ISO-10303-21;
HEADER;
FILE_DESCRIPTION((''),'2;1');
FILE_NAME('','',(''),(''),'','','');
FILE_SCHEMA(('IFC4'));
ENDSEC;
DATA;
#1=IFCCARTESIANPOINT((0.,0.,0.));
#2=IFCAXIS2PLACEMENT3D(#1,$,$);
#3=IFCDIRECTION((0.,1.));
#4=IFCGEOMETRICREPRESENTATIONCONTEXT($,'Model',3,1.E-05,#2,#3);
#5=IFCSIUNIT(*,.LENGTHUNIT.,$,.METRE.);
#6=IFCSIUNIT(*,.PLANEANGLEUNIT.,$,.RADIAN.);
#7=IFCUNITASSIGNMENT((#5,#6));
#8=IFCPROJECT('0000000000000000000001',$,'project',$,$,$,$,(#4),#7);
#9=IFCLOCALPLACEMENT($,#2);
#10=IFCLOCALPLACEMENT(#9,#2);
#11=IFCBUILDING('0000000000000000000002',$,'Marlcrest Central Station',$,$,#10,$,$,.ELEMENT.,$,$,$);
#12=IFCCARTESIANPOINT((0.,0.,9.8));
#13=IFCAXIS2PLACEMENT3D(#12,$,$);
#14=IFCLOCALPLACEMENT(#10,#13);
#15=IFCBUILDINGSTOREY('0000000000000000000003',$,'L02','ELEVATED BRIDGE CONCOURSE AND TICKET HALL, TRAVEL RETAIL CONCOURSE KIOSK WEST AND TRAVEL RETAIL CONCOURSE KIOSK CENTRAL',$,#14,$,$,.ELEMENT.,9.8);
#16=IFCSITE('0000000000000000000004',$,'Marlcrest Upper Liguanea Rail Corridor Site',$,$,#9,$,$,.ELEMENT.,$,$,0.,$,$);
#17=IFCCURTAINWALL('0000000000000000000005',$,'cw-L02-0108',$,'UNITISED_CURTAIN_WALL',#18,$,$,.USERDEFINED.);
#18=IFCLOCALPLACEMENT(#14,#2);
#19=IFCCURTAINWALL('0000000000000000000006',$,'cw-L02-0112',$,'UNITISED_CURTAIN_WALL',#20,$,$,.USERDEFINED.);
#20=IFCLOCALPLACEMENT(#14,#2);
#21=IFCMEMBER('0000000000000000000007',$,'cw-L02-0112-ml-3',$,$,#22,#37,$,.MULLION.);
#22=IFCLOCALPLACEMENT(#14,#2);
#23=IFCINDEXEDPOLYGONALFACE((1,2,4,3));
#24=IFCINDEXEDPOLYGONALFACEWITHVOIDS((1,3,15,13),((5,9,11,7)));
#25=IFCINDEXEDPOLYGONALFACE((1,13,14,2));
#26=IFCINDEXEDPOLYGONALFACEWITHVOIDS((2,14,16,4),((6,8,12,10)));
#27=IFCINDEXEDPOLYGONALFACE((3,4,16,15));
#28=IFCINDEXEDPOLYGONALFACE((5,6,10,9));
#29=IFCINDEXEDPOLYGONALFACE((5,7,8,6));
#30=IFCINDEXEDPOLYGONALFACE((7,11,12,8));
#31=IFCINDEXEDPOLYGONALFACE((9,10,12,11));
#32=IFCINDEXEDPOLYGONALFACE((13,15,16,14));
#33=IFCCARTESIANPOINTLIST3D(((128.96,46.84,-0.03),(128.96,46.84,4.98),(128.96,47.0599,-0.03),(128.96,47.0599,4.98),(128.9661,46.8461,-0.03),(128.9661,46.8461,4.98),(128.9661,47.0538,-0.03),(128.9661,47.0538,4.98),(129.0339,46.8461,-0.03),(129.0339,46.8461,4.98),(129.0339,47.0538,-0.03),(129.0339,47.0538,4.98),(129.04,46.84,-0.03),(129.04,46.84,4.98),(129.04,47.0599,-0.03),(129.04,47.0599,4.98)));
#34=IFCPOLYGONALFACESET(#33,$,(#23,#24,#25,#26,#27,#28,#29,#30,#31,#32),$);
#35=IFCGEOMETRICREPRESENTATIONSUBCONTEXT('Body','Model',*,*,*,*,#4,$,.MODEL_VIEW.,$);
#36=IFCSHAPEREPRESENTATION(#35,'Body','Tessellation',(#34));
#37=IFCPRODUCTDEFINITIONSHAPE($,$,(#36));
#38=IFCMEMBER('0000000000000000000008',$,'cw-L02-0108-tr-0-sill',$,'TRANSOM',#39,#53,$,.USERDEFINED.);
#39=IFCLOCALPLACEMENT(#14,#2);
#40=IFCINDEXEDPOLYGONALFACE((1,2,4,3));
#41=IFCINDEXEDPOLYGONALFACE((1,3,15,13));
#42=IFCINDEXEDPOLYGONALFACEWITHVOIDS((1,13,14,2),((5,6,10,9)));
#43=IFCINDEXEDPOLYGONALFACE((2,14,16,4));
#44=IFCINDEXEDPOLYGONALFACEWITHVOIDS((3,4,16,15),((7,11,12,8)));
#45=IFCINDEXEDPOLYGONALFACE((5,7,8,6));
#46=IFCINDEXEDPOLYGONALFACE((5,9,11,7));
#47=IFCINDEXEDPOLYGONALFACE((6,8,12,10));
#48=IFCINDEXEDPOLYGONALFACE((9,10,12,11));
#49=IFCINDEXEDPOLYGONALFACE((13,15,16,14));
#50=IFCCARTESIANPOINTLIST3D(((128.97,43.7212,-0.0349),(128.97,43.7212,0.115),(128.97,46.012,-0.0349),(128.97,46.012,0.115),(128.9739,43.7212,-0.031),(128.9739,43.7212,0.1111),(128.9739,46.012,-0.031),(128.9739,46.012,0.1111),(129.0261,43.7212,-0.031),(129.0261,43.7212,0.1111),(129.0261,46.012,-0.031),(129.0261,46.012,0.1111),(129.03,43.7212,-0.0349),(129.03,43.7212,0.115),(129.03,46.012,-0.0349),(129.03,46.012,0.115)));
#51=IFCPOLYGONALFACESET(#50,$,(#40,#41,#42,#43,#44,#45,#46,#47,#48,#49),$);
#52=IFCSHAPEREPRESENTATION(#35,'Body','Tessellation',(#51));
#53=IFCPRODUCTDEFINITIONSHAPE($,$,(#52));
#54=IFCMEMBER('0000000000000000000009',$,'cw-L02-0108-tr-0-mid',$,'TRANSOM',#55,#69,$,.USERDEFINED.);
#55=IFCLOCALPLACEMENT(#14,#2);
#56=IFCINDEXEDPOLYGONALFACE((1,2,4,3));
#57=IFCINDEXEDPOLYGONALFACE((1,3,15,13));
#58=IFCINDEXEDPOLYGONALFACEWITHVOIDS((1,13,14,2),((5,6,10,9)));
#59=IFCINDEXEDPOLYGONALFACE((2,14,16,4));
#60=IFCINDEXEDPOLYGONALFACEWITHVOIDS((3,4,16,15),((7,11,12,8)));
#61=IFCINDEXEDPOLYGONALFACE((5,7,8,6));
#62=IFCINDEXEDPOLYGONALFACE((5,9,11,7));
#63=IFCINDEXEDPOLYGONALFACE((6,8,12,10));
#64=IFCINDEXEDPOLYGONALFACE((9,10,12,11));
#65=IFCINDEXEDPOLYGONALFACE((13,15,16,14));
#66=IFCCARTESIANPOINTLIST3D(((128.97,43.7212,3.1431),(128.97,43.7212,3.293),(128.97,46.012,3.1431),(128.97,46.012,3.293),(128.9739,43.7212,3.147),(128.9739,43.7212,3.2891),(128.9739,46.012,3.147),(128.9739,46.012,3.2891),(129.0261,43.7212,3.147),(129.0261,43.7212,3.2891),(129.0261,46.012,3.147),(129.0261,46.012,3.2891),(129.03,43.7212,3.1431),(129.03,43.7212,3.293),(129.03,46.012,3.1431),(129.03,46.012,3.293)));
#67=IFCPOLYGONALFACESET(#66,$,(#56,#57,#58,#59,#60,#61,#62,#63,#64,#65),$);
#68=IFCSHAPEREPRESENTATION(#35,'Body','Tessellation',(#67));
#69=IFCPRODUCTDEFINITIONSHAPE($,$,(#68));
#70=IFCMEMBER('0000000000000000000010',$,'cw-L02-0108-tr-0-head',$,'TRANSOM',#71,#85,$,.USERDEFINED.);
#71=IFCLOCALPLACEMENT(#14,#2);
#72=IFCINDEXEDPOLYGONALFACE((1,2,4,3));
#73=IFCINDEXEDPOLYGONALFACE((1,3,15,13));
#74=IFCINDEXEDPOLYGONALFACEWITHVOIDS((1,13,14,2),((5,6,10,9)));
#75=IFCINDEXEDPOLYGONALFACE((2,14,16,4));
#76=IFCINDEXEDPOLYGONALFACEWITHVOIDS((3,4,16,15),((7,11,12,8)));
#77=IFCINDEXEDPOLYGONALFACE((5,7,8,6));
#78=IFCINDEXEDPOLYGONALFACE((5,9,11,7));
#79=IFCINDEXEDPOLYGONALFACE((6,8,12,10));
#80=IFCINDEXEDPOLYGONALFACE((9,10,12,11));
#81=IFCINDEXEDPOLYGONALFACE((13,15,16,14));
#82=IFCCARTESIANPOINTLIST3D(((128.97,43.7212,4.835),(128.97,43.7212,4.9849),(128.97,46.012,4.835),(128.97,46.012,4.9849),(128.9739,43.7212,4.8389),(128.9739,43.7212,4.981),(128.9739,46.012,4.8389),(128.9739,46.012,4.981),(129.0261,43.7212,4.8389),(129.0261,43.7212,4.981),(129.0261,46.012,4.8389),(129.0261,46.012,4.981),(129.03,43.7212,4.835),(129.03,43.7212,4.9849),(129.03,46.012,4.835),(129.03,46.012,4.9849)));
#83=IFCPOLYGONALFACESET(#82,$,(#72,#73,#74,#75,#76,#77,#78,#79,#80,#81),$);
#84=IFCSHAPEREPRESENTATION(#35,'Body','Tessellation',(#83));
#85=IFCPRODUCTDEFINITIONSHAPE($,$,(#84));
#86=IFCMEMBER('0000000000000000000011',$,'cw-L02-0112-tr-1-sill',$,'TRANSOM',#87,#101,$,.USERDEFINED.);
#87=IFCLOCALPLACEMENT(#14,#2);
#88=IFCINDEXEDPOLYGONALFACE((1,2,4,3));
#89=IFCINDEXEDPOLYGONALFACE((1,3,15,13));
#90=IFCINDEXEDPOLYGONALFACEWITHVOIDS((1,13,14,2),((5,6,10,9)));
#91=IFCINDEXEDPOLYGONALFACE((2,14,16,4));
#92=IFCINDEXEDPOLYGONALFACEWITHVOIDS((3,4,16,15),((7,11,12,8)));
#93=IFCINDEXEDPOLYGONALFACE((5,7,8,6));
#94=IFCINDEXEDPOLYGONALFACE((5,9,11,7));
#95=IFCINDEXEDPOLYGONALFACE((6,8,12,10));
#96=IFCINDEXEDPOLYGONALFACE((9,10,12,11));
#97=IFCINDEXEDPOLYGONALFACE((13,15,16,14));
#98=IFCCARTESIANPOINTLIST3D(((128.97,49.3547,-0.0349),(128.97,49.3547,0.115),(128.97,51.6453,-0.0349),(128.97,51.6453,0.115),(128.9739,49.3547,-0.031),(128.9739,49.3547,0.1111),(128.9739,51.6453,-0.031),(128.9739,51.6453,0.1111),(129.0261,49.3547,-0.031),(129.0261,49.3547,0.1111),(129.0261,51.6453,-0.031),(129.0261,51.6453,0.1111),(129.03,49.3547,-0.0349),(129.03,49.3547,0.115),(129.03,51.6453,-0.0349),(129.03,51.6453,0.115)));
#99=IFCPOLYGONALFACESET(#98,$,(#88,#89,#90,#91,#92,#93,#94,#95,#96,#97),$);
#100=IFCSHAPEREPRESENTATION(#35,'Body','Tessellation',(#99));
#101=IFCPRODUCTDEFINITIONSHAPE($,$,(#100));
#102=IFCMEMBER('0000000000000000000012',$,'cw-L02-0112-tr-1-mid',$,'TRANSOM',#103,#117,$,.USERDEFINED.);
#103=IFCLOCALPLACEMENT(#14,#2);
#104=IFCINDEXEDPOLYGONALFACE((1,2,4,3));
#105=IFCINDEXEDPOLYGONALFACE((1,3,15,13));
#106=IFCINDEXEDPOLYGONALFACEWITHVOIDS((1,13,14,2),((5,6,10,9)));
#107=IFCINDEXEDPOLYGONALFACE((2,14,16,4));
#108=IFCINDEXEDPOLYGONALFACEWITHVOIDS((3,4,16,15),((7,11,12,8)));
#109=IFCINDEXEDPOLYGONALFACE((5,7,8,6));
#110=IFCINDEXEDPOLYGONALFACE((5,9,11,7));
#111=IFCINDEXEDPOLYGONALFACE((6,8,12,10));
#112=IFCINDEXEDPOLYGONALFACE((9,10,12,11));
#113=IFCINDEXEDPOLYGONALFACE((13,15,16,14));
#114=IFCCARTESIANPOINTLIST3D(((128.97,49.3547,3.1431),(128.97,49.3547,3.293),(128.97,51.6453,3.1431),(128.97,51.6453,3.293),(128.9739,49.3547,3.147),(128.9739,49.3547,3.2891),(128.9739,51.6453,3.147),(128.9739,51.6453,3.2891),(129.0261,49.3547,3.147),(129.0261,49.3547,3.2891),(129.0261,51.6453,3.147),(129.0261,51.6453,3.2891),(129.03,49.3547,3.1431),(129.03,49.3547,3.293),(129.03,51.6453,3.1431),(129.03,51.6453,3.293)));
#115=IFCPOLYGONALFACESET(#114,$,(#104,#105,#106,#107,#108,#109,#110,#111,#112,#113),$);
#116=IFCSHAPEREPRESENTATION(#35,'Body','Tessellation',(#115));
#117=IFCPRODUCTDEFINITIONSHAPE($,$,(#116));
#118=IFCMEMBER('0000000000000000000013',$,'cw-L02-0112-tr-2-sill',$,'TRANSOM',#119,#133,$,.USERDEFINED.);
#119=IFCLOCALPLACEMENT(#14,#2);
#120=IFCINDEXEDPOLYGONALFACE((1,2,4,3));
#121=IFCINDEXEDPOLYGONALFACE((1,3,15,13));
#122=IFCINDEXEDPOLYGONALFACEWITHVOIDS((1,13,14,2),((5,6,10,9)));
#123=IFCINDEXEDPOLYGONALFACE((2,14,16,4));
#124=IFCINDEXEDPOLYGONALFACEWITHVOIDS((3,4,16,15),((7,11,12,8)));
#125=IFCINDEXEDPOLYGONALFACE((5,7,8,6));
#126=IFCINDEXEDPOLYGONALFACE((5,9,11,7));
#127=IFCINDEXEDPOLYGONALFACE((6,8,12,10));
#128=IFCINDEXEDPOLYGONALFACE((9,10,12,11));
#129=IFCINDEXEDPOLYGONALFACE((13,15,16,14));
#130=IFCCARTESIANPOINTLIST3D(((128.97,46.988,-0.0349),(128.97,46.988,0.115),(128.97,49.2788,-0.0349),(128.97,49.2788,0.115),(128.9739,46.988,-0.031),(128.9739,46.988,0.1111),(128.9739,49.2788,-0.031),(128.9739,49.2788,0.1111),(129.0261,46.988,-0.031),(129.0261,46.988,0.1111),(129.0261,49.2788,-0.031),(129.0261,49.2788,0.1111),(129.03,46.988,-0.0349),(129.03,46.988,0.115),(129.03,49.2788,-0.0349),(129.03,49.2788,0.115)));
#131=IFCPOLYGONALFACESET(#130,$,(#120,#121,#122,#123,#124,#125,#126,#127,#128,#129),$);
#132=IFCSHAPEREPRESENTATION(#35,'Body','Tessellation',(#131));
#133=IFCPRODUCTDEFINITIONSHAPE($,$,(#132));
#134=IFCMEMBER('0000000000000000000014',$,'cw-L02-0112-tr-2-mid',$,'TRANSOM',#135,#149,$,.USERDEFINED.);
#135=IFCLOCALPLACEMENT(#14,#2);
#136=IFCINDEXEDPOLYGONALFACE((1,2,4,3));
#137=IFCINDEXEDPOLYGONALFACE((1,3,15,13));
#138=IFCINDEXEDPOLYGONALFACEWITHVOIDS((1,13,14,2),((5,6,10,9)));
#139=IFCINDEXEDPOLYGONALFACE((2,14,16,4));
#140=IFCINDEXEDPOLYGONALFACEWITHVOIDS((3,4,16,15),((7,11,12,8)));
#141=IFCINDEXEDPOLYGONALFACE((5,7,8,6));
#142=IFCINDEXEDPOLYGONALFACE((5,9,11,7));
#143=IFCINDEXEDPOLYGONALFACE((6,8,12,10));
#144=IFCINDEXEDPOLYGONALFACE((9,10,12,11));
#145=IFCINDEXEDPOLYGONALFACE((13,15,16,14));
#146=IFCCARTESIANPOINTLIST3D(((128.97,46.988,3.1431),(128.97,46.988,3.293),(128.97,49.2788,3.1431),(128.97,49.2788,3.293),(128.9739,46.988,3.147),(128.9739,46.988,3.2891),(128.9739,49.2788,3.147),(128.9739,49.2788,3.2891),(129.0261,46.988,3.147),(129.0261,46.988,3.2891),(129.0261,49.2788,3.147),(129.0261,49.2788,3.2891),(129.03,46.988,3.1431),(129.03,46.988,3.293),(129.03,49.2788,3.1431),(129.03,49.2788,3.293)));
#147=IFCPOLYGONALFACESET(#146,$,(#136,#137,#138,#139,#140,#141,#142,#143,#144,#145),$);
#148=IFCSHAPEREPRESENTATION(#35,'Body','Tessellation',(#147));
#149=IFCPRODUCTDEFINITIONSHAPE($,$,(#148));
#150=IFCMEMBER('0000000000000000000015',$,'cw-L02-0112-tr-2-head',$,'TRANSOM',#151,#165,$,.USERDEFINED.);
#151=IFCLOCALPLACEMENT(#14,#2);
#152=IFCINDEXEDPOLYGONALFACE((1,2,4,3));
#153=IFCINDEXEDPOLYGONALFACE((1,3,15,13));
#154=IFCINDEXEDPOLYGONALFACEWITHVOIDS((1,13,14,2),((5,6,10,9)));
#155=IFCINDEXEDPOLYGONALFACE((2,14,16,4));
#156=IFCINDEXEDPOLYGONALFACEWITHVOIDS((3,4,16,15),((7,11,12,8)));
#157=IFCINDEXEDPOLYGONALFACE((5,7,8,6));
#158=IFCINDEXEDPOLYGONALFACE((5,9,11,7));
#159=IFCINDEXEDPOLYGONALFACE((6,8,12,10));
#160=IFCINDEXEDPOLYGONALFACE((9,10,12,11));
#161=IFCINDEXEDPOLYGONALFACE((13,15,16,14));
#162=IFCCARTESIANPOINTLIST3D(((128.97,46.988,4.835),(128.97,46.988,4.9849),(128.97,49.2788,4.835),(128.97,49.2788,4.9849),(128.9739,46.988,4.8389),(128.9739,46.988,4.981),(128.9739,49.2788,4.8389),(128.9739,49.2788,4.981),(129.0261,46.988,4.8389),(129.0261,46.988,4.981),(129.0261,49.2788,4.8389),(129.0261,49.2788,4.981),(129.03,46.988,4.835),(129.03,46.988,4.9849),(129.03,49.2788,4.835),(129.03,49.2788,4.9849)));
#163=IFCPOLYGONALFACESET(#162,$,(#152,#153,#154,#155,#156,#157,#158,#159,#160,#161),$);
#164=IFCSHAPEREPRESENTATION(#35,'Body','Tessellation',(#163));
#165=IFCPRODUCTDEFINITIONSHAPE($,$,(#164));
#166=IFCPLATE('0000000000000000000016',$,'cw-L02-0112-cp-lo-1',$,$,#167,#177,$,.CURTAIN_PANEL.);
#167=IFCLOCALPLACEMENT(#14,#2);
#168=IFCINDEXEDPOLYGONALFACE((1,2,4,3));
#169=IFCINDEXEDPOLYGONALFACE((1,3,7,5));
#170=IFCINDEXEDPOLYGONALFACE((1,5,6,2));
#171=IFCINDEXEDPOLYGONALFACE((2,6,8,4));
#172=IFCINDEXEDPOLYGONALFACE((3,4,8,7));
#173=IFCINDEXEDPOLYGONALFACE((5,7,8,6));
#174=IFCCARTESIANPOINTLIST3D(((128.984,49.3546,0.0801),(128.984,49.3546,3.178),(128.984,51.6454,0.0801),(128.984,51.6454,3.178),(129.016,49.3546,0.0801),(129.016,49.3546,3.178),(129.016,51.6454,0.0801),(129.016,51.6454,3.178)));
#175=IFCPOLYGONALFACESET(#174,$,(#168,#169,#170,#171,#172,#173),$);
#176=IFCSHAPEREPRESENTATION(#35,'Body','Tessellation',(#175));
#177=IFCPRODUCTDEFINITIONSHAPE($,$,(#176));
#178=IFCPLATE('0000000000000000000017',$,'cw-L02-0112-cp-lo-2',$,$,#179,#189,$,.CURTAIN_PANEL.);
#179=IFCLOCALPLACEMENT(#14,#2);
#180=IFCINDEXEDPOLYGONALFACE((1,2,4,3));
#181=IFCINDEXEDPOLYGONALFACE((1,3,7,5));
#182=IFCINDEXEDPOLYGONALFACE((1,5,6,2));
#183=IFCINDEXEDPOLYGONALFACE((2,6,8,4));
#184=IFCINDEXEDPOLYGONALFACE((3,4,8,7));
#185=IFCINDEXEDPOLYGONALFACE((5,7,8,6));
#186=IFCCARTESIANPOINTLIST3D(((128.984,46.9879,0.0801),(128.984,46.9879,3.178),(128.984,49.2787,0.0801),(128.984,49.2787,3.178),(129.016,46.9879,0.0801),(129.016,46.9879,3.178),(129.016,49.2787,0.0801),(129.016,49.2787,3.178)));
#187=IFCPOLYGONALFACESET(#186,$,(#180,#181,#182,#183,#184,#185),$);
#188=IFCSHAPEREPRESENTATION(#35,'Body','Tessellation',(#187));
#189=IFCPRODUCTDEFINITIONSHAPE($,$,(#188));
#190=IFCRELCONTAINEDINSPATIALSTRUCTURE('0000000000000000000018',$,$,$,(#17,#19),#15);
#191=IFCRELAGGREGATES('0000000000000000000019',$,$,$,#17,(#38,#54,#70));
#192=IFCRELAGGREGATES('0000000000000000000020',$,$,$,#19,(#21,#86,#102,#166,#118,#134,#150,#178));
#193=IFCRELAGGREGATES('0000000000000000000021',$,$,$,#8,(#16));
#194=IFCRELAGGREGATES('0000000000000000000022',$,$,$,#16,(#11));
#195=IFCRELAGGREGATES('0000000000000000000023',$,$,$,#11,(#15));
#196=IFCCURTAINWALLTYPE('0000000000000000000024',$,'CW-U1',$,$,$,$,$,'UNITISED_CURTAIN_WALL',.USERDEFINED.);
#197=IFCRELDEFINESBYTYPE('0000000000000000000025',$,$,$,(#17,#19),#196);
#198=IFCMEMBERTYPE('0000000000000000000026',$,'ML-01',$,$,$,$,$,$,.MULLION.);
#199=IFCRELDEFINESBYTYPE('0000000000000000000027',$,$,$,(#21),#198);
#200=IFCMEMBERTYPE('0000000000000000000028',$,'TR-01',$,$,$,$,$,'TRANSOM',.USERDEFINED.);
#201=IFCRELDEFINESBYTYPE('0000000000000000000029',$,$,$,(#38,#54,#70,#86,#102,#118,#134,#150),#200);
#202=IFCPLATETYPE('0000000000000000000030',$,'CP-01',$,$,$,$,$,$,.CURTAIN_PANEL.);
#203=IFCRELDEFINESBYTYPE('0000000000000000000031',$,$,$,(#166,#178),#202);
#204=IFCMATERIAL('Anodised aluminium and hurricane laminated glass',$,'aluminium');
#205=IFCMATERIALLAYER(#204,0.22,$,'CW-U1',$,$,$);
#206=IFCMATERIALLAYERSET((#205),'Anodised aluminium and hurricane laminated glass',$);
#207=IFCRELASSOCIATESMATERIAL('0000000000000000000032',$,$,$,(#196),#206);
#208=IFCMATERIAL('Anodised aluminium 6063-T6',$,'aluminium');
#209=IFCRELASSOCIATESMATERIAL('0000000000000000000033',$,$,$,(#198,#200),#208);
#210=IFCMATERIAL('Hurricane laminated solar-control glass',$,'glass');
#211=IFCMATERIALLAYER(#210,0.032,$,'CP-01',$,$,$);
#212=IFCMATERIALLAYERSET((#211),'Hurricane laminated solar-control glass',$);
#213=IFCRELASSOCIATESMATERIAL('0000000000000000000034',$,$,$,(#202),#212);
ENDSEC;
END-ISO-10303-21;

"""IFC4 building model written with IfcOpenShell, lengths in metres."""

from ifc_helpers import new_model, si_unit, direction, frame, origin, origin_2d, place, context, subcontext, project, spatial, rectangle, hollow_rectangle, extrude, material, layer, layer_set, material_profile, profile_set, type_object, element, aggregate, save


model = new_model("IFC4")

# Units and contexts
model_context = context("Model", 3, precision=1e-05, world=origin(), true_north=direction((0.0, 1.0)))
body_context = subcontext(model_context, "Body", "Model", "MODEL_VIEW")
ifc_project = project(units=[si_unit("LENGTHUNIT", "METRE"), si_unit("PLANEANGLEUNIT", "RADIAN")], contexts=[model_context])

# Site, building, storey
site_placement = place(None, origin())
site = spatial("IfcSite", under=ifc_project, at=site_placement, Name="Marlcrest Upper Liguanea Rail Corridor Site", CompositionType="ELEMENT", RefElevation=0.0)
building_placement = place(site_placement, origin())
building = spatial("IfcBuilding", under=site, at=building_placement, Name="Marlcrest Central Station", CompositionType="ELEMENT")
storey_placement = place(building_placement, frame((0.0, 0.0, 9.8)))
storey = spatial("IfcBuildingStorey", under=building, at=storey_placement, Name="L02", Description="ELEVATED BRIDGE CONCOURSE AND TICKET HALL, TRAVEL RETAIL CONCOURSE KIOSK WEST AND TRAVEL RETAIL CONCOURSE KIOSK CENTRAL", CompositionType="ELEMENT", Elevation=9.8)

# Curtain wall
ifc_material_1 = material(Name="Anodised aluminium and hurricane laminated glass", Category="aluminium")
ifc_layer_1 = layer(ifc_material_1, 0.22, Name="CW-U1")
ifc_layer_set_1 = layer_set([ifc_layer_1], Name="Anodised aluminium and hurricane laminated glass")
curtain_wall_type = type_object("IfcCurtainWallType", Name="CW-U1", ElementType="UNITISED_CURTAIN_WALL", PredefinedType="USERDEFINED", material=ifc_layer_set_1)
curtain_wall_1_placement = place(storey_placement, origin())
curtain_wall_1 = element("IfcCurtainWall", 1, at=curtain_wall_1_placement, inside=storey, type_object=curtain_wall_type, Name="cw-L02-0108", ObjectType="UNITISED_CURTAIN_WALL", PredefinedType="USERDEFINED")
ifc_material_2 = material(Name="Anodised aluminium 6063-T6", Category="aluminium")
ifc_material_profile_1 = material_profile(ifc_material_2, hollow_rectangle(XDim=0.0801, YDim=0.22, WallThickness=0.0061, at=origin_2d()), Name="AA-RHS 220x80x6")
ifc_profile_set_1 = profile_set([ifc_material_profile_1], Name="Anodised aluminium 6063-T6")
member_type_1 = type_object("IfcMemberType", Name="ML-01", PredefinedType="MULLION", material=ifc_profile_set_1)

# Curtain wall, member
curtain_wall_2_placement = place(storey_placement, origin())
curtain_wall_2 = element("IfcCurtainWall", 2, at=curtain_wall_2_placement, inside=storey, type_object=curtain_wall_type, Name="cw-L02-0112", ObjectType="UNITISED_CURTAIN_WALL", PredefinedType="USERDEFINED")
member_1_placement = place(storey_placement, frame((129.0, 46.95, -0.03), z_axis=(0.0, 0.0, 1.0), x_axis=(1.0, 0.0, 0.0)))
member_1 = element("IfcMember", 3, at=member_1_placement, type_object=member_type_1, Name="cw-L02-0112-ml-3", PredefinedType="MULLION", context=body_context, shape_type="SweptSolid", body=[
    extrude(hollow_rectangle(XDim=0.0801, YDim=0.22, WallThickness=0.0061, at=origin_2d()), origin(), (0.0, 0.0, 1.0), 5.01),
])

# Members
ifc_material_profile_2 = material_profile(ifc_material_2, hollow_rectangle(XDim=0.0601, YDim=0.1499, WallThickness=0.0039, at=origin_2d()), Name="AA-RHS 150x60x4")
ifc_profile_set_2 = profile_set([ifc_material_profile_2], Name="Anodised aluminium 6063-T6")
member_type_2 = type_object("IfcMemberType", Name="TR-01", ElementType="TRANSOM", PredefinedType="USERDEFINED", material=ifc_profile_set_2)
member_2_placement = place(storey_placement, frame((129.0, 46.012, 0.04), z_axis=(0.0, -1.0, 0.0), x_axis=(1.0, 0.0, 0.0)))
member_2 = element("IfcMember", 4, at=member_2_placement, type_object=member_type_2, Name="cw-L02-0108-tr-0-sill", ObjectType="TRANSOM", PredefinedType="USERDEFINED", context=body_context, shape_type="SweptSolid", body=[
    extrude(hollow_rectangle(XDim=0.0601, YDim=0.1499, WallThickness=0.0039, at=origin_2d()), origin(), (0.0, 0.0, 1.0), 2.2908),
])
member_3_placement = place(storey_placement, frame((129.0, 46.012, 3.218), z_axis=(0.0, -1.0, 0.0), x_axis=(1.0, 0.0, 0.0)))
member_3 = element("IfcMember", 5, at=member_3_placement, type_object=member_type_2, Name="cw-L02-0108-tr-0-mid", ObjectType="TRANSOM", PredefinedType="USERDEFINED", context=body_context, shape_type="SweptSolid", body=[
    extrude(hollow_rectangle(XDim=0.0601, YDim=0.1499, WallThickness=0.0039, at=origin_2d()), origin(), (0.0, 0.0, 1.0), 2.2908),
])
member_4_placement = place(storey_placement, frame((129.0, 46.012, 4.9099), z_axis=(0.0, -1.0, 0.0), x_axis=(1.0, 0.0, 0.0)))
member_4 = element("IfcMember", 6, at=member_4_placement, type_object=member_type_2, Name="cw-L02-0108-tr-0-head", ObjectType="TRANSOM", PredefinedType="USERDEFINED", context=body_context, shape_type="SweptSolid", body=[
    extrude(hollow_rectangle(XDim=0.0601, YDim=0.1499, WallThickness=0.0039, at=origin_2d()), origin(), (0.0, 0.0, 1.0), 2.2908),
])
aggregate(curtain_wall_1, [member_2, member_3, member_4])
member_5_placement = place(storey_placement, frame((129.0, 51.6453, 0.04), z_axis=(0.0, -1.0, 0.0), x_axis=(1.0, 0.0, 0.0)))
member_5 = element("IfcMember", 7, at=member_5_placement, type_object=member_type_2, Name="cw-L02-0112-tr-1-sill", ObjectType="TRANSOM", PredefinedType="USERDEFINED", context=body_context, shape_type="SweptSolid", body=[
    extrude(hollow_rectangle(XDim=0.0601, YDim=0.1499, WallThickness=0.0039, at=origin_2d()), origin(), (0.0, 0.0, 1.0), 2.2905),
])
member_6_placement = place(storey_placement, frame((129.0, 51.6453, 3.218), z_axis=(0.0, -1.0, 0.0), x_axis=(1.0, 0.0, 0.0)))
member_6 = element("IfcMember", 8, at=member_6_placement, type_object=member_type_2, Name="cw-L02-0112-tr-1-mid", ObjectType="TRANSOM", PredefinedType="USERDEFINED", context=body_context, shape_type="SweptSolid", body=[
    extrude(hollow_rectangle(XDim=0.0601, YDim=0.1499, WallThickness=0.0039, at=origin_2d()), origin(), (0.0, 0.0, 1.0), 2.2905),
])
member_7_placement = place(storey_placement, frame((129.0, 49.2788, 0.04), z_axis=(0.0, -1.0, 0.0), x_axis=(1.0, 0.0, 0.0)))
member_7 = element("IfcMember", 9, at=member_7_placement, type_object=member_type_2, Name="cw-L02-0112-tr-2-sill", ObjectType="TRANSOM", PredefinedType="USERDEFINED", context=body_context, shape_type="SweptSolid", body=[
    extrude(hollow_rectangle(XDim=0.0601, YDim=0.1499, WallThickness=0.0039, at=origin_2d()), origin(), (0.0, 0.0, 1.0), 2.2908),
])
member_8_placement = place(storey_placement, frame((129.0, 49.2788, 3.218), z_axis=(0.0, -1.0, 0.0), x_axis=(1.0, 0.0, 0.0)))
member_8 = element("IfcMember", 10, at=member_8_placement, type_object=member_type_2, Name="cw-L02-0112-tr-2-mid", ObjectType="TRANSOM", PredefinedType="USERDEFINED", context=body_context, shape_type="SweptSolid", body=[
    extrude(hollow_rectangle(XDim=0.0601, YDim=0.1499, WallThickness=0.0039, at=origin_2d()), origin(), (0.0, 0.0, 1.0), 2.2908),
])
member_9_placement = place(storey_placement, frame((129.0, 49.2788, 4.9099), z_axis=(0.0, -1.0, 0.0), x_axis=(1.0, 0.0, 0.0)))
member_9 = element("IfcMember", 11, at=member_9_placement, type_object=member_type_2, Name="cw-L02-0112-tr-2-head", ObjectType="TRANSOM", PredefinedType="USERDEFINED", context=body_context, shape_type="SweptSolid", body=[
    extrude(hollow_rectangle(XDim=0.0601, YDim=0.1499, WallThickness=0.0039, at=origin_2d()), origin(), (0.0, 0.0, 1.0), 2.2908),
])

# Plates
ifc_material_3 = material(Name="Hurricane laminated solar-control glass", Category="glass")
ifc_layer_2 = layer(ifc_material_3, 0.032, Name="CP-01")
ifc_layer_set_2 = layer_set([ifc_layer_2], Name="Hurricane laminated solar-control glass")
plate_type_1 = type_object("IfcPlateType", Name="CP-01", PredefinedType="CURTAIN_PANEL", material=ifc_layer_set_2)
plate_1_placement = place(storey_placement, frame((129.0, 50.5, 0.0801), z_axis=(0.0, 0.0, 1.0), x_axis=(0.0, -1.0, 0.0)))
plate_1 = element("IfcPlate", 12, at=plate_1_placement, type_object=plate_type_1, Name="cw-L02-0112-cp-lo-1", PredefinedType="CURTAIN_PANEL", context=body_context, shape_type="SweptSolid", body=[
    extrude(rectangle(XDim=2.2908, YDim=0.032, at=origin_2d()), origin(), (0.0, 0.0, 1.0), 3.0979),
])
plate_2_placement = place(storey_placement, frame((129.0, 48.1333, 0.0801), z_axis=(0.0, 0.0, 1.0), x_axis=(0.0, -1.0, 0.0)))
plate_2 = element("IfcPlate", 13, at=plate_2_placement, type_object=plate_type_1, Name="cw-L02-0112-cp-lo-2", PredefinedType="CURTAIN_PANEL", context=body_context, shape_type="SweptSolid", body=[
    extrude(rectangle(XDim=2.2908, YDim=0.032, at=origin_2d()), origin(), (0.0, 0.0, 1.0), 3.0979),
])
aggregate(curtain_wall_2, [member_1, member_5, member_6, plate_1, member_7, member_8, member_9, plate_2])

save(model, "model.ifc")
